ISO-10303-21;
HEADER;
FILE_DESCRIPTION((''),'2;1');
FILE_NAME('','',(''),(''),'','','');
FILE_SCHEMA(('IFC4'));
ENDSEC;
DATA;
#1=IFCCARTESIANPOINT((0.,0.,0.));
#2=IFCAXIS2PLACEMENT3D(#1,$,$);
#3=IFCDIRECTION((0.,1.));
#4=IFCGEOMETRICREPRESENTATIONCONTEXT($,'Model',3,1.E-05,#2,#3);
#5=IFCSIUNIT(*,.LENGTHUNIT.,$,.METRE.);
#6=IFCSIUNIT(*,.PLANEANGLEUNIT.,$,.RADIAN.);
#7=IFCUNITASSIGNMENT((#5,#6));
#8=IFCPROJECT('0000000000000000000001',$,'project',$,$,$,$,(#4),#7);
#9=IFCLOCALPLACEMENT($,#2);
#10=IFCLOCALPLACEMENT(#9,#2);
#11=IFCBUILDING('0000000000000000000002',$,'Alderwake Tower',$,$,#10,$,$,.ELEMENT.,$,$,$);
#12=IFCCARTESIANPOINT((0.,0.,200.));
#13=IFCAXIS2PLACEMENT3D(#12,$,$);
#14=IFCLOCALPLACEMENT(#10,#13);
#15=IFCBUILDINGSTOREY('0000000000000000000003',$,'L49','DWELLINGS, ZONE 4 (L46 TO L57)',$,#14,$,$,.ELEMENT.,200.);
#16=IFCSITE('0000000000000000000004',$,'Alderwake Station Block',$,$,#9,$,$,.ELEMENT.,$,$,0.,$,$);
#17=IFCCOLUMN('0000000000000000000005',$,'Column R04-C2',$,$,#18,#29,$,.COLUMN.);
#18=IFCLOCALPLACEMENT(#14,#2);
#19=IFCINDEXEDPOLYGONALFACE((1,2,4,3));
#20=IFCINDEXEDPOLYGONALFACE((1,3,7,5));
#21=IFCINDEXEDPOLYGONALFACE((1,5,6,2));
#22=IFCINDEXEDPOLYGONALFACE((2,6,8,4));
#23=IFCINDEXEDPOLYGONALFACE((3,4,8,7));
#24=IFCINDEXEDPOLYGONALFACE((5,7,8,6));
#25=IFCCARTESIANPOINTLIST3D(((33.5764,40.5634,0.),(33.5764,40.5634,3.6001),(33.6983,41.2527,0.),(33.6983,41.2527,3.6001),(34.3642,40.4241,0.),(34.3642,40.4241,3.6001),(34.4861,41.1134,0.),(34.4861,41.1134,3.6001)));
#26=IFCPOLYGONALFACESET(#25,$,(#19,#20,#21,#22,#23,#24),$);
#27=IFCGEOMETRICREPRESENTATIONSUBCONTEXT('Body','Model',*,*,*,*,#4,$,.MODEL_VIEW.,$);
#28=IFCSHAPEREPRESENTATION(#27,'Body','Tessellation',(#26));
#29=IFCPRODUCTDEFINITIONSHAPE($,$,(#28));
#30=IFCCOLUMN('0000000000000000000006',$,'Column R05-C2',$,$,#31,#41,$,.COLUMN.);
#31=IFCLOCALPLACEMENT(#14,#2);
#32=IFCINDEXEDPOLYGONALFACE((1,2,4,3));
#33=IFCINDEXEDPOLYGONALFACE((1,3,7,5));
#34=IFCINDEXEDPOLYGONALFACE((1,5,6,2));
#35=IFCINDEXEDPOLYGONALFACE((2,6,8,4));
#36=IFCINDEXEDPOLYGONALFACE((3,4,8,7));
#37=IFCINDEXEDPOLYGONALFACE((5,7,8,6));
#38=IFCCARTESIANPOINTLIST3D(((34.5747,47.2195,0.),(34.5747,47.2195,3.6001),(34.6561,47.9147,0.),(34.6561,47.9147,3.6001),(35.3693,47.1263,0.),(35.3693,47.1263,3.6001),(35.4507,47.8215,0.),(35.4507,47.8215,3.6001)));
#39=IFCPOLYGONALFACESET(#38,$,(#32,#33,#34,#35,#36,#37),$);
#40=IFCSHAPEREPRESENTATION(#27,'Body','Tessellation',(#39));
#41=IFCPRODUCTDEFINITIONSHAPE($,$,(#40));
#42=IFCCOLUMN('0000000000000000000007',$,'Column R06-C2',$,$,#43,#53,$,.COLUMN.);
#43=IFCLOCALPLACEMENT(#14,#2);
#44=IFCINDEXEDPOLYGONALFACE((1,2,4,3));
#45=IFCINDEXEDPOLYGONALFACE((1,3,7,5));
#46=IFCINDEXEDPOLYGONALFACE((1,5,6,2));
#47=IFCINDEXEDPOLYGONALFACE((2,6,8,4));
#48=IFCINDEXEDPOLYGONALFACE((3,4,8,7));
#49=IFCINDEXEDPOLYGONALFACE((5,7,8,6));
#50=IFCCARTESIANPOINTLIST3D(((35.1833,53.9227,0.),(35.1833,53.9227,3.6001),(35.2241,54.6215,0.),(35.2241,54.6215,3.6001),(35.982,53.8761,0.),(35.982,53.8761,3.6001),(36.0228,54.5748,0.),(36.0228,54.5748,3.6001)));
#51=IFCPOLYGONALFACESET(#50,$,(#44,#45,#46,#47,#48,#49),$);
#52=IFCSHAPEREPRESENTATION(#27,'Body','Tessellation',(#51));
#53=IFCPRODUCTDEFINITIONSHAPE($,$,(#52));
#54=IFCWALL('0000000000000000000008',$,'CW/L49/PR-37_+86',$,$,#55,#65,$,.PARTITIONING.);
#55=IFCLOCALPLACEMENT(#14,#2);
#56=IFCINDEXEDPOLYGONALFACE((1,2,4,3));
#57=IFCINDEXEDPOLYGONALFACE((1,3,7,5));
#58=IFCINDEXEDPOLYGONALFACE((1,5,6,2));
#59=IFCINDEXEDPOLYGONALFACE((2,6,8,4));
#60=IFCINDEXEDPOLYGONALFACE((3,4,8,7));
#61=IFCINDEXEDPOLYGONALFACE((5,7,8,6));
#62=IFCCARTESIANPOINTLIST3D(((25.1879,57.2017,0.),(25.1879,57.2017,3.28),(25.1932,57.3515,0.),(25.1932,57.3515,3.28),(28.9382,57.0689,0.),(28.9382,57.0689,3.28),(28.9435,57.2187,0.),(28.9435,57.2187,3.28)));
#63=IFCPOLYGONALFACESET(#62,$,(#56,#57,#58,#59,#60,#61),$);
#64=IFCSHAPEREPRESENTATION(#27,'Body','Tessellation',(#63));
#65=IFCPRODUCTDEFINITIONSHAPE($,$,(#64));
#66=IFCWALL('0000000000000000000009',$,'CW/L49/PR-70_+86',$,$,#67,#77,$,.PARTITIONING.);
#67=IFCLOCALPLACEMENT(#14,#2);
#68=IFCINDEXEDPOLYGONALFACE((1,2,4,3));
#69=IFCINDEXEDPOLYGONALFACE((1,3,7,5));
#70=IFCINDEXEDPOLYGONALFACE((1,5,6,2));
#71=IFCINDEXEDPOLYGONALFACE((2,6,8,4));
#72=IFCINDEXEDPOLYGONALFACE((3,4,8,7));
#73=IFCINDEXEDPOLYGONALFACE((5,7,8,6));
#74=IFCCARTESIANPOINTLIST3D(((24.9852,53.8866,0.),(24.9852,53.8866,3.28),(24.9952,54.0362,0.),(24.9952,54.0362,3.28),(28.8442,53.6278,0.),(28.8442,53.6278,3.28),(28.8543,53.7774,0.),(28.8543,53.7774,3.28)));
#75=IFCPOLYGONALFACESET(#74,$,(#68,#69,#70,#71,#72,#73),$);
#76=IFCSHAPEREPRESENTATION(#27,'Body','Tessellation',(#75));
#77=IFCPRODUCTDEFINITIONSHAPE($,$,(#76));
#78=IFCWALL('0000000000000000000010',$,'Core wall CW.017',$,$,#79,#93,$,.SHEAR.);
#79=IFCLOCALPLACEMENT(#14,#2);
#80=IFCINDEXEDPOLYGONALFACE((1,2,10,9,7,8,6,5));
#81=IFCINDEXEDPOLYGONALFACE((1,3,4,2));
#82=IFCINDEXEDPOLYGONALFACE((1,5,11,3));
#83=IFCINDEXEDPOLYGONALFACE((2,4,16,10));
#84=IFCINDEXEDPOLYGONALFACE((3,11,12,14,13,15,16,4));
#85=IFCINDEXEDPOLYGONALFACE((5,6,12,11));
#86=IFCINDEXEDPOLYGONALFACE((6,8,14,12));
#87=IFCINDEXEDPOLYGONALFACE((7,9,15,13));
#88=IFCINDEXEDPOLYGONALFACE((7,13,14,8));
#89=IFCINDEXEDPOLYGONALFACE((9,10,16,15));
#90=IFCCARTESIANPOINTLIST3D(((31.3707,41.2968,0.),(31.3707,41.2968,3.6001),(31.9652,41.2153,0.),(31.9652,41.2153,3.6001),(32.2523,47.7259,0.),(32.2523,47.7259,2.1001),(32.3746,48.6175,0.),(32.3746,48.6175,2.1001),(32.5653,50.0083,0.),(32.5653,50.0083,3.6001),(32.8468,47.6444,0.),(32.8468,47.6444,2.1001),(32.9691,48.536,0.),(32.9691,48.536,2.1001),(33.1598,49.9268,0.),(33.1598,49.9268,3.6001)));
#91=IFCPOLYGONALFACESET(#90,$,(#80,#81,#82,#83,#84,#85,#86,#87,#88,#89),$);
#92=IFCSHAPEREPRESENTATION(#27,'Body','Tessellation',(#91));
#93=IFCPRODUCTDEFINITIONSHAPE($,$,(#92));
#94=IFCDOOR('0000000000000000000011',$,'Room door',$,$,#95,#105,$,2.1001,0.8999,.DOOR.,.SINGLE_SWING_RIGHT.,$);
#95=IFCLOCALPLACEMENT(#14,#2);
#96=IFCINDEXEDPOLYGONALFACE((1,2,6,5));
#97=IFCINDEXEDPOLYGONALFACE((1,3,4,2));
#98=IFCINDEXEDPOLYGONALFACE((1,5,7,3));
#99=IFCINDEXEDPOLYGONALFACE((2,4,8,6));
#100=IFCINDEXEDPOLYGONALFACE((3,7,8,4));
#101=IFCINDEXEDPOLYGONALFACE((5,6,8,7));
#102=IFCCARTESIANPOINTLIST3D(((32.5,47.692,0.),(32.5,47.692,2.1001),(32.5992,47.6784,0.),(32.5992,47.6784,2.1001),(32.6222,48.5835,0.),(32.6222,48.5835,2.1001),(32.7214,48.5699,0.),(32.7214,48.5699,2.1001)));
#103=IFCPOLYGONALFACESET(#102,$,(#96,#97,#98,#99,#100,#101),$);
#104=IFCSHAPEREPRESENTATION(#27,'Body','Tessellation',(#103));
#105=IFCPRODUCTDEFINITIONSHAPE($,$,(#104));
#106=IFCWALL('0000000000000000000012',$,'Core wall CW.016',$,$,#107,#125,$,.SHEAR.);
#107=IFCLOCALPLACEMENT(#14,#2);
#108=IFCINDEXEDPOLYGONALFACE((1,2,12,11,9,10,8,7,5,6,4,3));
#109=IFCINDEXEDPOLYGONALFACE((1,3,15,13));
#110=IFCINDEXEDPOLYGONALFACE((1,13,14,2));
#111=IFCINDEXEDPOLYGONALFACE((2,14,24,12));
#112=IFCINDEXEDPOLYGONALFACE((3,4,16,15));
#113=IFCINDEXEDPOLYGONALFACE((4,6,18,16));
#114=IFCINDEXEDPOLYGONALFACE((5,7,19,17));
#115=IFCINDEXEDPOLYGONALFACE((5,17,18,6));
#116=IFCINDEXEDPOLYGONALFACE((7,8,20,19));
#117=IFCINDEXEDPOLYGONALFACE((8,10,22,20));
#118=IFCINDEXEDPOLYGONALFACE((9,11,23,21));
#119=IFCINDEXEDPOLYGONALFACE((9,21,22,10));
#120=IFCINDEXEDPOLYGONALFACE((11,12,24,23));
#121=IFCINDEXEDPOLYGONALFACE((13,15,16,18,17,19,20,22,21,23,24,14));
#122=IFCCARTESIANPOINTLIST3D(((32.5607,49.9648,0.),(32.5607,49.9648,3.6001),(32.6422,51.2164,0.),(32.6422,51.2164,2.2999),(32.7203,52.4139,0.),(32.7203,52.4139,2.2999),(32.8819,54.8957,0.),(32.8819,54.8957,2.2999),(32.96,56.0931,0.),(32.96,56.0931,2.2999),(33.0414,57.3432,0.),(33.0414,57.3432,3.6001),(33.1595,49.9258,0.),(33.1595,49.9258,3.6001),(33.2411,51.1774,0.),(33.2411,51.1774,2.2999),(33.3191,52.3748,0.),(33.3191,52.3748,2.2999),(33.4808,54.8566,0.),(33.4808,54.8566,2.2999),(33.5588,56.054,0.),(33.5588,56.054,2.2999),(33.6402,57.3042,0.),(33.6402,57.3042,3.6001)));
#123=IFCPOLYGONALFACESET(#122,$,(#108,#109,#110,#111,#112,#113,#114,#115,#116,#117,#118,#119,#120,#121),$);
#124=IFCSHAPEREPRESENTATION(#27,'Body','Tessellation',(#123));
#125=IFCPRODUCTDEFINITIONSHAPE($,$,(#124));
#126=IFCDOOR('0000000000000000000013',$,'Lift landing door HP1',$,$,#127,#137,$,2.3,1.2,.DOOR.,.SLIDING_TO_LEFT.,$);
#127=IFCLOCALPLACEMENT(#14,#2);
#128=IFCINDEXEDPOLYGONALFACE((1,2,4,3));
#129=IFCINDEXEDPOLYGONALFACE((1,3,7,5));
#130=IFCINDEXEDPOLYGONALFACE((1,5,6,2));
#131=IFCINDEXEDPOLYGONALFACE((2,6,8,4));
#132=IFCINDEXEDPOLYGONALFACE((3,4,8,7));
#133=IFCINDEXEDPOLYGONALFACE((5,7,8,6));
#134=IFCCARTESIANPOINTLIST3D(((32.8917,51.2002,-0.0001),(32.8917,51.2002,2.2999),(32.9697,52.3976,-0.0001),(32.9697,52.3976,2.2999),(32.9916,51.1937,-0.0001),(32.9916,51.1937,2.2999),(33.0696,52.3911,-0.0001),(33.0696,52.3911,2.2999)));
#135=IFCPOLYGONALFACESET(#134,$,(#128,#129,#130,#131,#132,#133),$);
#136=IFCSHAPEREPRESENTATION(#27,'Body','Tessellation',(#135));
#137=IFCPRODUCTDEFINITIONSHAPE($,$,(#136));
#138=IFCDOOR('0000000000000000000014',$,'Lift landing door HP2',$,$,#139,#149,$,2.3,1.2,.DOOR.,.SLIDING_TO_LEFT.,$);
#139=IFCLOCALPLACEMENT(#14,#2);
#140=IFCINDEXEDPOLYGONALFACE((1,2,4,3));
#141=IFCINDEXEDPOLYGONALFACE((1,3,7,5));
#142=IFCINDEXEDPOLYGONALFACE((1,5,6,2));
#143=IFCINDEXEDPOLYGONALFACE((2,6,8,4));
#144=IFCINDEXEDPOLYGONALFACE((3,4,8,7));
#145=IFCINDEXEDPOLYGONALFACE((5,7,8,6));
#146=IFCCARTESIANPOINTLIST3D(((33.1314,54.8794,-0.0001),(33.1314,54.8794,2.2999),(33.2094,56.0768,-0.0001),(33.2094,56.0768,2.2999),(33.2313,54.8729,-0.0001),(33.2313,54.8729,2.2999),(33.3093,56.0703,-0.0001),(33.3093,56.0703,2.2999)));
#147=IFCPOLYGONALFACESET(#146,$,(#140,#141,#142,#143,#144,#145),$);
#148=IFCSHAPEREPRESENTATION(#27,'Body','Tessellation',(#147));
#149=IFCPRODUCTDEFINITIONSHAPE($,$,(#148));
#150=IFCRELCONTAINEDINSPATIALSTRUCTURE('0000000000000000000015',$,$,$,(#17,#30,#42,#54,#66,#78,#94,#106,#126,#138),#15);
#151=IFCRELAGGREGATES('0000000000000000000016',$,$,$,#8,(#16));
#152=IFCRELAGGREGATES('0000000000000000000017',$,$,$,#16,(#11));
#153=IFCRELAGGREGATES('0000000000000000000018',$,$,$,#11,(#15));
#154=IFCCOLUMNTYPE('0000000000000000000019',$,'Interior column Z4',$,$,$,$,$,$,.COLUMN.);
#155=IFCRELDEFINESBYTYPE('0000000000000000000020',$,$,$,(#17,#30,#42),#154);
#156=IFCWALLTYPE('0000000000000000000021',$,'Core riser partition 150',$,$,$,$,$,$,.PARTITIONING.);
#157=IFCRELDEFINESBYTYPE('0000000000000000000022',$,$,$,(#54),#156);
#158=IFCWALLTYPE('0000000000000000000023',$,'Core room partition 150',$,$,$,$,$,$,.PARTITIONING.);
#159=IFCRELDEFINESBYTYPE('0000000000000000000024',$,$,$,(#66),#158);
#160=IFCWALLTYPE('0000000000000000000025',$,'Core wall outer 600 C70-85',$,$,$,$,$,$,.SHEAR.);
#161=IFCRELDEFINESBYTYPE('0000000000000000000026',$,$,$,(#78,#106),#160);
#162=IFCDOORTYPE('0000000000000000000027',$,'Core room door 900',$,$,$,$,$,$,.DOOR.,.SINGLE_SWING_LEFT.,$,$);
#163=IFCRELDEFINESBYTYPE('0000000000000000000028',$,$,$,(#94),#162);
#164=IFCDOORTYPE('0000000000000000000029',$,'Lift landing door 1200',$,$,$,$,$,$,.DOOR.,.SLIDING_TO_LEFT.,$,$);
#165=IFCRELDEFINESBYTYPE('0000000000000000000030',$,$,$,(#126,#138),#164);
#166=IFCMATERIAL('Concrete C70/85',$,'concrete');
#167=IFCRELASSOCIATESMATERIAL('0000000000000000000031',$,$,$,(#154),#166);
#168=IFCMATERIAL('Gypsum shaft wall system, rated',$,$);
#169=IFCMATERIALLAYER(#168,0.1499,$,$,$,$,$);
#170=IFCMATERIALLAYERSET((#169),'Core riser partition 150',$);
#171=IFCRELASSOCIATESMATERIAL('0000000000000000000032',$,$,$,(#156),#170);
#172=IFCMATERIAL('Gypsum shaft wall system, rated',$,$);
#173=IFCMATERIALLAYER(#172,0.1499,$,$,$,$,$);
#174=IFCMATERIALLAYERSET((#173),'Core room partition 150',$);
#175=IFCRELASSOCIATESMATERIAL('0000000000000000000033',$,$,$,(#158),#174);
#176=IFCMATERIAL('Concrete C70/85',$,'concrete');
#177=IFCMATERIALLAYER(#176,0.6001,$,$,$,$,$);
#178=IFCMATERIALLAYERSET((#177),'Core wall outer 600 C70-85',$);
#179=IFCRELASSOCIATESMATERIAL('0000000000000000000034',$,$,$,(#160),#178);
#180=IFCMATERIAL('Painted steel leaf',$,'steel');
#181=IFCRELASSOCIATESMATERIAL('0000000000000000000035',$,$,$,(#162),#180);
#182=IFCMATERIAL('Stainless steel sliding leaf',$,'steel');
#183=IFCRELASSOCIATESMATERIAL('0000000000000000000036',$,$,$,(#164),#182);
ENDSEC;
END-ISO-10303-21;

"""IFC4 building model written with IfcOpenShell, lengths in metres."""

from ifc_helpers import new_model, si_unit, direction, frame, frame_2d, origin, origin_2d, place, context, subcontext, project, spatial, rectangle, extrude, material, layer, layer_set, material_profile, profile_set, type_object, element, fill, save


model = new_model("IFC4")

# Units and contexts
model_context = context("Model", 3, precision=1e-05, world=origin(), true_north=direction((0.0, 1.0)))
body_context = subcontext(model_context, "Body", "Model", "MODEL_VIEW")
ifc_project = project(units=[si_unit("LENGTHUNIT", "METRE"), si_unit("PLANEANGLEUNIT", "RADIAN")], contexts=[model_context])

# Site, building, storey
site_placement = place(None, origin())
site = spatial("IfcSite", under=ifc_project, at=site_placement, Name="Alderwake Station Block", CompositionType="ELEMENT", RefElevation=0.0)
building_placement = place(site_placement, origin())
building = spatial("IfcBuilding", under=site, at=building_placement, Name="Alderwake Tower", CompositionType="ELEMENT")
storey_placement = place(building_placement, frame((0.0, 0.0, 200.0)))
storey = spatial("IfcBuildingStorey", under=building, at=storey_placement, Name="L49", Description="DWELLINGS, ZONE 4 (L46 TO L57)", CompositionType="ELEMENT", Elevation=200.0)

# Columns
ifc_material_1 = material(Name="Concrete C70/85", Category="concrete")
ifc_material_profile = material_profile(ifc_material_1, rectangle(XDim=0.7, YDim=0.8, at=origin_2d()), Name="RC 800X700")
ifc_profile_set = profile_set([ifc_material_profile], Name="Concrete C70/85")
column_type = type_object("IfcColumnType", Name="Interior column Z4", PredefinedType="COLUMN", material=ifc_profile_set)
for number, where, z_axis, x_axis, name in (
    (1, (34.0312, 40.8384, 0.0), (0.0, 0.0, 1.0), (0.174109, 0.984726, 0.0), "Column R04-C2"),
    (2, (35.0127, 47.5205, 0.0), (0.0, 0.0, 1.0), (0.116402, 0.993202, 0.0), "Column R05-C2"),
    (3, (35.603, 54.2488, 0.0), (0.0, 0.0, 1.0), (0.058301, 0.998299, 0.0), "Column R06-C2"),
):
    element("IfcColumn", number, at=place(storey_placement, frame(where, z_axis=z_axis, x_axis=x_axis)), inside=storey, type_object=column_type, Name=name, PredefinedType="COLUMN", context=body_context, shape_type="SweptSolid", body=[
        extrude(rectangle(XDim=0.7, YDim=0.8, at=origin_2d()), origin(), (0.0, 0.0, 1.0), 3.6001),
    ])

# Walls
ifc_material_2 = material(Name="Gypsum shaft wall system, rated")
ifc_layer_1 = layer(ifc_material_2, 0.1499)
ifc_layer_set_1 = layer_set([ifc_layer_1], Name="Core riser partition 150")
wall_type_1 = type_object("IfcWallType", Name="Core riser partition 150", PredefinedType="PARTITIONING", material=ifc_layer_set_1)
wall_1_placement = place(storey_placement, frame((25.1904, 57.2766, 0.0), z_axis=(0.0, 0.0, 1.0), x_axis=(0.999374, -0.035392, 0.0)))
element("IfcWall", 4, at=wall_1_placement, inside=storey, type_object=wall_type_1, Name="CW/L49/PR-37_+86", PredefinedType="PARTITIONING", context=body_context, shape_type="SweptSolid", body=[
    extrude(rectangle(XDim=3.7527, YDim=0.1499, at=frame_2d((1.8765, 0.0))), origin(), (0.0, 0.0, 1.0), 3.28),
])
ifc_material_3 = material(Name="Gypsum shaft wall system, rated")
ifc_layer_2 = layer(ifc_material_3, 0.1499)
ifc_layer_set_2 = layer_set([ifc_layer_2], Name="Core room partition 150")
wall_type_2 = type_object("IfcWallType", Name="Core room partition 150", PredefinedType="PARTITIONING", material=ifc_layer_set_2)
wall_2_placement = place(storey_placement, frame((24.9902, 53.9614, 0.0), z_axis=(0.0, 0.0, 1.0), x_axis=(0.997759, -0.066913, 0.0)))
element("IfcWall", 5, at=wall_2_placement, inside=storey, type_object=wall_type_2, Name="CW/L49/PR-70_+86", PredefinedType="PARTITIONING", context=body_context, shape_type="SweptSolid", body=[
    extrude(rectangle(XDim=3.8677, YDim=0.1499, at=frame_2d((1.9338, 0.0))), origin(), (0.0, 0.0, 1.0), 3.28),
])

# Wall, opening, door
ifc_material_4 = material(Name="Concrete C70/85", Category="concrete")
ifc_layer_3 = layer(ifc_material_4, 0.6001)
ifc_layer_set_3 = layer_set([ifc_layer_3], Name="Core wall outer 600 C70-85")
wall_type_3 = type_object("IfcWallType", Name="Core wall outer 600 C70-85", PredefinedType="SHEAR", material=ifc_layer_set_3)
wall_3_placement = place(storey_placement, frame((32.8625, 49.9675, 0.0), z_axis=(0.0, 0.0, 1.0), x_axis=(-0.135857, -0.990729, 0.0)))
wall_3 = element("IfcWall", 6, at=wall_3_placement, inside=storey, type_object=wall_type_3, Name="Core wall CW.017", PredefinedType="SHEAR", context=body_context, shape_type="SweptSolid", body=[
    extrude(rectangle(XDim=8.793, YDim=0.6001, at=frame_2d((4.3965, 0.0))), origin(), (0.0, 0.0, 1.0), 3.6001),
])
opening_1_placement = place(wall_3_placement, frame((1.4038, 0.0, 0.0)))
opening_1 = element("IfcOpeningElement", 7, at=opening_1_placement, cuts=wall_3, PredefinedType="OPENING", context=body_context, shape_type="SweptSolid", body=[
    extrude(rectangle(XDim=0.8999, YDim=2.1001, at=frame_2d((0.45, 1.05))), frame((0.0, 0.3101, 0.0), z_axis=(0.0, -1.0, 0.0), x_axis=(1.0, 0.0, 0.0)), (0.0, 0.0, 1.0), 0.6201),
])
ifc_material_5 = material(Name="Painted steel leaf", Category="steel")
door_type_1 = type_object("IfcDoorType", Name="Core room door 900", OperationType="SINGLE_SWING_LEFT", PredefinedType="DOOR", material=ifc_material_5)
door_1_placement = place(opening_1_placement, origin())
door_1 = element("IfcDoor", 8, at=door_1_placement, inside=storey, type_object=door_type_1, Name="Room door", OperationType="SINGLE_SWING_RIGHT", OverallHeight=2.1001, OverallWidth=0.8999, PredefinedType="DOOR", context=body_context, shape_type="SweptSolid", body=[
    extrude(rectangle(XDim=0.8999, YDim=2.1001, at=frame_2d((0.45, 1.05))), frame((0.0, 0.05, 0.0), z_axis=(0.0, -1.0, 0.0), x_axis=(1.0, 0.0, 0.0)), (0.0, 0.0, 1.0), 0.1001),
])
fill(opening_1, door_1)

# Wall, openings, doors
wall_4_placement = place(storey_placement, frame((32.8601, 49.9453, 0.0), z_axis=(0.0, 0.0, 1.0), x_axis=(0.065013, 0.997884, 0.0)))
wall_4 = element("IfcWall", 9, at=wall_4_placement, inside=storey, type_object=wall_type_3, Name="Core wall CW.016", PredefinedType="SHEAR", context=body_context, shape_type="SweptSolid", body=[
    extrude(rectangle(XDim=7.394, YDim=0.6001, at=frame_2d((3.697, 0.0))), origin(), (0.0, 0.0, 1.0), 3.6001),
])
opening_2_placement = place(wall_4_placement, frame((1.2542, 0.0, 0.0)))
opening_2 = element("IfcOpeningElement", 10, at=opening_2_placement, cuts=wall_4, PredefinedType="OPENING", context=body_context, shape_type="SweptSolid", body=[
    extrude(rectangle(XDim=1.2, YDim=2.3, at=frame_2d((0.6001, 1.1499))), frame((0.0, 0.3101, 0.0), z_axis=(0.0, -1.0, 0.0), x_axis=(1.0, 0.0, 0.0)), (0.0, 0.0, 1.0), 0.6201),
])
opening_3_placement = place(wall_4_placement, frame((4.9412, 0.0, 0.0)))
opening_3 = element("IfcOpeningElement", 11, at=opening_3_placement, cuts=wall_4, PredefinedType="OPENING", context=body_context, shape_type="SweptSolid", body=[
    extrude(rectangle(XDim=1.2, YDim=2.3, at=frame_2d((0.6001, 1.1499))), frame((0.0, 0.3101, 0.0), z_axis=(0.0, -1.0, 0.0), x_axis=(1.0, 0.0, 0.0)), (0.0, 0.0, 1.0), 0.6201),
])
ifc_material_6 = material(Name="Stainless steel sliding leaf", Category="steel")
door_type_2 = type_object("IfcDoorType", Name="Lift landing door 1200", OperationType="SLIDING_TO_LEFT", PredefinedType="DOOR", material=ifc_material_6)
door_2_placement = place(opening_2_placement, origin())
door_2 = element("IfcDoor", 12, at=door_2_placement, inside=storey, type_object=door_type_2, Name="Lift landing door HP1", OperationType="SLIDING_TO_LEFT", OverallHeight=2.3, OverallWidth=1.2, PredefinedType="DOOR", context=body_context, shape_type="SweptSolid", body=[
    extrude(rectangle(XDim=1.2, YDim=2.3, at=frame_2d((0.6001, 1.1499))), frame((0.0, 0.05, 0.0), z_axis=(0.0, -1.0, 0.0), x_axis=(1.0, 0.0, 0.0)), (0.0, 0.0, 1.0), 0.1001),
])
fill(opening_2, door_2)
door_3_placement = place(opening_3_placement, origin())
door_3 = element("IfcDoor", 13, at=door_3_placement, inside=storey, type_object=door_type_2, Name="Lift landing door HP2", OperationType="SLIDING_TO_LEFT", OverallHeight=2.3, OverallWidth=1.2, PredefinedType="DOOR", context=body_context, shape_type="SweptSolid", body=[
    extrude(rectangle(XDim=1.2, YDim=2.3, at=frame_2d((0.6001, 1.1499))), frame((0.0, 0.05, 0.0), z_axis=(0.0, -1.0, 0.0), x_axis=(1.0, 0.0, 0.0)), (0.0, 0.0, 1.0), 0.1001),
])
fill(opening_3, door_3)

save(model, "model.ifc")
